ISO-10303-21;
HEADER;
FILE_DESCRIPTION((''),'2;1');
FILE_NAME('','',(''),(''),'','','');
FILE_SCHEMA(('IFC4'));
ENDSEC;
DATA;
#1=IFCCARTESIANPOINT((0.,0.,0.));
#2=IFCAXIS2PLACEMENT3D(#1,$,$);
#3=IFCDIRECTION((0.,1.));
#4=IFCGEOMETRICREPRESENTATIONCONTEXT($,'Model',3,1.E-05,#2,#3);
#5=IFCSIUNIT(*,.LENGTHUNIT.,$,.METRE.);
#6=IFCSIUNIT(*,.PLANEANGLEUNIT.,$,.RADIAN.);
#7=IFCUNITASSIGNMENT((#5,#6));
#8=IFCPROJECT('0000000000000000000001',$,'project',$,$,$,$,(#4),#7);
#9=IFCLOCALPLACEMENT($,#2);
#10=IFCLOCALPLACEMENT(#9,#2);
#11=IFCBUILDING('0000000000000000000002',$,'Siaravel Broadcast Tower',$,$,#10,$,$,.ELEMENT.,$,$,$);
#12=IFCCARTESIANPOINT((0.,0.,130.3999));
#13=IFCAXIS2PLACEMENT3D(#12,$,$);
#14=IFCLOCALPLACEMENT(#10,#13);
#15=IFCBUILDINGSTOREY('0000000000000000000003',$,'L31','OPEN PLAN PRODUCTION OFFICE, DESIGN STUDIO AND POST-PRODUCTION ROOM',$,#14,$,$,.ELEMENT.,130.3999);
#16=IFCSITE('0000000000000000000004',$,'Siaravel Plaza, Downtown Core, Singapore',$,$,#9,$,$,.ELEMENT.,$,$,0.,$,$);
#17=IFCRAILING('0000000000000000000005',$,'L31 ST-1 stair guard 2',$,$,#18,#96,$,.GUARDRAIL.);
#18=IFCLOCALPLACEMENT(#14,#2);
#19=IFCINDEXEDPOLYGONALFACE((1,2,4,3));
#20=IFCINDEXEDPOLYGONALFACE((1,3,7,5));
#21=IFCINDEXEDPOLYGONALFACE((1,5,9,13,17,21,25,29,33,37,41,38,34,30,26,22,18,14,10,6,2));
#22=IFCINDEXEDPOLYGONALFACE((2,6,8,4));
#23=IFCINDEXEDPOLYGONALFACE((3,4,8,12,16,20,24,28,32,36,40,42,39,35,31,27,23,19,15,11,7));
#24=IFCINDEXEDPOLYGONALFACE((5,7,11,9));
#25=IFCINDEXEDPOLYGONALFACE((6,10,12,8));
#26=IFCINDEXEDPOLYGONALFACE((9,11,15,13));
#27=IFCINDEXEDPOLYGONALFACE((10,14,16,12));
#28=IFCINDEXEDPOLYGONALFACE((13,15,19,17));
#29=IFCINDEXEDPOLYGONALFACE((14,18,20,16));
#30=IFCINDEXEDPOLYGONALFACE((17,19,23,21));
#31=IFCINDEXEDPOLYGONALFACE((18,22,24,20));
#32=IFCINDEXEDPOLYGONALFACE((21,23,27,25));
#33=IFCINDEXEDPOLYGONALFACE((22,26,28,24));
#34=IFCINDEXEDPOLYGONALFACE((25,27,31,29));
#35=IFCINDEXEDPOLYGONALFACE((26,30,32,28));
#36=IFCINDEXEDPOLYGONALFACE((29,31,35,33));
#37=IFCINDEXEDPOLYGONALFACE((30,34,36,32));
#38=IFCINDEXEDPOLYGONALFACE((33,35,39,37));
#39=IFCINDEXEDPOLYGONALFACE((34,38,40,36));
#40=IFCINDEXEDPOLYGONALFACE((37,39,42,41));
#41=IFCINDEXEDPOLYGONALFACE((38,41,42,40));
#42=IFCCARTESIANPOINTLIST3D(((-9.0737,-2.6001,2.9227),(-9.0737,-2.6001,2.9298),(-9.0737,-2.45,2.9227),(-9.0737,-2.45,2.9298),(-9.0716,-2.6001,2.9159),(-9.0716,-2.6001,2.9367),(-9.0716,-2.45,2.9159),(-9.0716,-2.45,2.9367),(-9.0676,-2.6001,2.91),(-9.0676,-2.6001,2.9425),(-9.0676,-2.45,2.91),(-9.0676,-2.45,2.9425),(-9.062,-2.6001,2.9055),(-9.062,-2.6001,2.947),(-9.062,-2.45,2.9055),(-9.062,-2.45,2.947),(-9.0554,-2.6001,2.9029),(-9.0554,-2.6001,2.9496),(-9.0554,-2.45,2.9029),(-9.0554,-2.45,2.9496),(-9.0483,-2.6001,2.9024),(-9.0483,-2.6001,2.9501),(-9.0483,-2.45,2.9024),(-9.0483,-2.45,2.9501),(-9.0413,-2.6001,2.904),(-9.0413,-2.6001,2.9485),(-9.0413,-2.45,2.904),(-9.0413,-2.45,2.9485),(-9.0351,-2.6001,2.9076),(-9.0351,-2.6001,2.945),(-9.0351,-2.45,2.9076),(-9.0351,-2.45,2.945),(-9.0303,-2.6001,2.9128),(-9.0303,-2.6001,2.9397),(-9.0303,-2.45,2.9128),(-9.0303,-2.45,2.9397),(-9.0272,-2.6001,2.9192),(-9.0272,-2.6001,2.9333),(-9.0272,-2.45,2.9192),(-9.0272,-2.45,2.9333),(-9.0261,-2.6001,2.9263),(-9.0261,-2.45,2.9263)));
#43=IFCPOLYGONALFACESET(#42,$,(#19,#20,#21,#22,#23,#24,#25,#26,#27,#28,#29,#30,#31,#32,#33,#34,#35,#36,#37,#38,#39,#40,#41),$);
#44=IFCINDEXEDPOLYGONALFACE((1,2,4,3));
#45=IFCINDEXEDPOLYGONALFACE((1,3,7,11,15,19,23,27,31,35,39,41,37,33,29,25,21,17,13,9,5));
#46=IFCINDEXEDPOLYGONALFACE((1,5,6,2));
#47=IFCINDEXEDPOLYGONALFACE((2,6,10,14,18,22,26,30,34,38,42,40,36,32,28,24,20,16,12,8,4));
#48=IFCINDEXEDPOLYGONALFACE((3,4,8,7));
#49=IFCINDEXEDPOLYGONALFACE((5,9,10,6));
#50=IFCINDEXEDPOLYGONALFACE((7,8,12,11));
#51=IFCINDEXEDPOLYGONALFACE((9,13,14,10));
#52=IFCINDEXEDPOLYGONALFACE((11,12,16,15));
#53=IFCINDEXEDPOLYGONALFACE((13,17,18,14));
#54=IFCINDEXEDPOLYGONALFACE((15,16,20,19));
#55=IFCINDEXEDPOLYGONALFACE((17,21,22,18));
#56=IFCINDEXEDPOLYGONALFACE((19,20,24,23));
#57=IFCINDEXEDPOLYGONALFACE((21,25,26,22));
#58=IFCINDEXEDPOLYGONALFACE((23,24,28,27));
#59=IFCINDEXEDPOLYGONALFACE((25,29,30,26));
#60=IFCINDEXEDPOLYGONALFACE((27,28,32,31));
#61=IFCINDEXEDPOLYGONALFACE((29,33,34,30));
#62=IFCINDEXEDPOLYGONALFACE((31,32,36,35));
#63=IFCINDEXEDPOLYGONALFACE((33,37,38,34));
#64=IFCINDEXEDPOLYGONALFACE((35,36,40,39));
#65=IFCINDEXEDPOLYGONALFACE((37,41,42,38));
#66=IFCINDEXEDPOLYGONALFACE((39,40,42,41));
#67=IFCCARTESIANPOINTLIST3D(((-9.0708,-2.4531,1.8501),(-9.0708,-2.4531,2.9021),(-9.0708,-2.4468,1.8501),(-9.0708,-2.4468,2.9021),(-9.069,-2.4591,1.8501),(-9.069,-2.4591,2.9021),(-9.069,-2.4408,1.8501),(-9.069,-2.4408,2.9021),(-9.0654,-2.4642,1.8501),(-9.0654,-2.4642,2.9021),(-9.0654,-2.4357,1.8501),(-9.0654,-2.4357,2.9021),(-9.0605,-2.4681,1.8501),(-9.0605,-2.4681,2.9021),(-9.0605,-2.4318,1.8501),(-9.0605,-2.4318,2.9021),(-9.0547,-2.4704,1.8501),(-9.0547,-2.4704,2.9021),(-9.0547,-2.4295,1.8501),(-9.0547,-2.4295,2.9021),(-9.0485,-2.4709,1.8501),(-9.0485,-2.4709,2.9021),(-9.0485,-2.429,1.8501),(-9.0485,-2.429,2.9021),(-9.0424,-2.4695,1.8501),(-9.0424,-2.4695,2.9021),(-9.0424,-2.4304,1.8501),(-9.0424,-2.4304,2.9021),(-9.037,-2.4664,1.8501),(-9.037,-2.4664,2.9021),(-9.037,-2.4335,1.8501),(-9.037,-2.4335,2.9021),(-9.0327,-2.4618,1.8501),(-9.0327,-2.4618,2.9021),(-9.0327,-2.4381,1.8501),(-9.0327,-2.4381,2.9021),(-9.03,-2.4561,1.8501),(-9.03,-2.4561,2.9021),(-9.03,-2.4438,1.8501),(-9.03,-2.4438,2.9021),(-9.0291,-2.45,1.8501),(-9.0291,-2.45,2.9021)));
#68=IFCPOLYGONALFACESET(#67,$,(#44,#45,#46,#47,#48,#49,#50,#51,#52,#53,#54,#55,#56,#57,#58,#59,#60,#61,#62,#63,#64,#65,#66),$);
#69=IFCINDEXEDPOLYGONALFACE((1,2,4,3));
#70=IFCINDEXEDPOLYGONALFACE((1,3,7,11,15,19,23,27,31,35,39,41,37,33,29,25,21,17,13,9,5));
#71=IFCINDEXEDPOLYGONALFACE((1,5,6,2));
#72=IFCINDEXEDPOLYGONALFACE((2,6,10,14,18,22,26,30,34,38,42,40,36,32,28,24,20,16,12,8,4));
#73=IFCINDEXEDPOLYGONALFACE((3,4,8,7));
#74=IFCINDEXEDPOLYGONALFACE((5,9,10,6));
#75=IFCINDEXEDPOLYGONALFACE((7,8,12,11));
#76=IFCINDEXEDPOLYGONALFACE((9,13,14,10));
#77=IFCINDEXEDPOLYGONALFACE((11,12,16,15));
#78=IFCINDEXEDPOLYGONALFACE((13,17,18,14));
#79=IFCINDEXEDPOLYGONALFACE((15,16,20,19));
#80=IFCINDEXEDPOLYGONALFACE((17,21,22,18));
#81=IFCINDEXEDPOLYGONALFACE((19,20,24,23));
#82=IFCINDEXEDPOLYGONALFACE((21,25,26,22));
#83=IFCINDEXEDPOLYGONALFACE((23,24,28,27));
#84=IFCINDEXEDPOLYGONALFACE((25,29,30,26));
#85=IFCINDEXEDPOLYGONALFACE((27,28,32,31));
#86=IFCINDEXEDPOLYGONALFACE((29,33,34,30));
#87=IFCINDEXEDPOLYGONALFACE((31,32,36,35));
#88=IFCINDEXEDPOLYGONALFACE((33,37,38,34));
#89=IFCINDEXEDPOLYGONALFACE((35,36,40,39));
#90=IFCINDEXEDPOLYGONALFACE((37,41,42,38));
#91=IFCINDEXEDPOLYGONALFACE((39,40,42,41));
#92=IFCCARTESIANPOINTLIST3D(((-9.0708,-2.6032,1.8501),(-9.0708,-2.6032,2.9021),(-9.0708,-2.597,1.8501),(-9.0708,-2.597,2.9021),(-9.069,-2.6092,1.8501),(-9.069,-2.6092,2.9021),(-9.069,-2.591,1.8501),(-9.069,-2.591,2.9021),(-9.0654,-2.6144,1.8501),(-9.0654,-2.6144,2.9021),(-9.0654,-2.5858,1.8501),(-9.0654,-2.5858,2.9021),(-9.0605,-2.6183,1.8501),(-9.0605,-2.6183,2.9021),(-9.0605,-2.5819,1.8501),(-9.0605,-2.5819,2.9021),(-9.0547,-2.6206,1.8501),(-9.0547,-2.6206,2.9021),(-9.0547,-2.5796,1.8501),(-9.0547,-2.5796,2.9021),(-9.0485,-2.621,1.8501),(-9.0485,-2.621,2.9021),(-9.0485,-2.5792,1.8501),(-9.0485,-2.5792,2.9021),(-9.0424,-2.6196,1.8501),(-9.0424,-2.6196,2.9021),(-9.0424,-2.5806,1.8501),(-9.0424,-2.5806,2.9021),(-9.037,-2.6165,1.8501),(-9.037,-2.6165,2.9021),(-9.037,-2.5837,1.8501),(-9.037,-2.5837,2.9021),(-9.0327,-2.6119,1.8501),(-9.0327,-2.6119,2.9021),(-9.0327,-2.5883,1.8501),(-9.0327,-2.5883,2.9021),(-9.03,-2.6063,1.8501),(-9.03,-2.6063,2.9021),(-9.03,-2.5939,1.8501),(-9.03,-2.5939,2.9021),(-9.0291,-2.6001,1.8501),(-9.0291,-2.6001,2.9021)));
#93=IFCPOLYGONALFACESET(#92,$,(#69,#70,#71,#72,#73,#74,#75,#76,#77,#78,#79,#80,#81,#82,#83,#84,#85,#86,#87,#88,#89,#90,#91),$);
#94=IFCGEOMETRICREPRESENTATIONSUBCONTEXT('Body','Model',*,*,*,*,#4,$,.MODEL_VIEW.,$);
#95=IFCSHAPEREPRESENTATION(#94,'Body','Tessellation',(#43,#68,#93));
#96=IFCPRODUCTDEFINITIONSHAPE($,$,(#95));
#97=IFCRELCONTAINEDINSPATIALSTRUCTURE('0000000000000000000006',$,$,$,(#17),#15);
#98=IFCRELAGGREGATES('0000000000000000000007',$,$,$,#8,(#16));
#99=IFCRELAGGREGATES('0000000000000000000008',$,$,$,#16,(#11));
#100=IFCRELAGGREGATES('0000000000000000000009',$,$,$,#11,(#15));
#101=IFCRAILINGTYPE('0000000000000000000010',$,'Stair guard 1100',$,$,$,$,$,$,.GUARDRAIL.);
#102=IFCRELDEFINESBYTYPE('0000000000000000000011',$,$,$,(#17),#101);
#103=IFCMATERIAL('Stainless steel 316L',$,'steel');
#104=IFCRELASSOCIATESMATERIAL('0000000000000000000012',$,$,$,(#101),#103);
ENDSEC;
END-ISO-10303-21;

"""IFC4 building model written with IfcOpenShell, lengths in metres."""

from ifc_helpers import new_model, si_unit, direction, frame, origin, origin_2d, place, context, subcontext, project, spatial, circle, extrude, material, type_object, element, save


model = new_model("IFC4")

# Units and contexts
model_context = context("Model", 3, precision=1e-05, world=origin(), true_north=direction((0.0, 1.0)))
body_context = subcontext(model_context, "Body", "Model", "MODEL_VIEW")
ifc_project = project(units=[si_unit("LENGTHUNIT", "METRE"), si_unit("PLANEANGLEUNIT", "RADIAN")], contexts=[model_context])

# Site, building, storey
site_placement = place(None, origin())
site = spatial("IfcSite", under=ifc_project, at=site_placement, Name="Siaravel Plaza, Downtown Core, Singapore", CompositionType="ELEMENT", RefElevation=0.0)
building_placement = place(site_placement, origin())
building = spatial("IfcBuilding", under=site, at=building_placement, Name="Siaravel Broadcast Tower", CompositionType="ELEMENT")
storey_placement = place(building_placement, frame((0.0, 0.0, 130.3999)))
storey = spatial("IfcBuildingStorey", under=building, at=storey_placement, Name="L31", Description="OPEN PLAN PRODUCTION OFFICE, DESIGN STUDIO AND POST-PRODUCTION ROOM", CompositionType="ELEMENT", Elevation=130.3999)

# Railing
ifc_material_1 = material(Name="Stainless steel 316L", Category="steel")
railing_type_1 = type_object("IfcRailingType", Name="Stair guard 1100", PredefinedType="GUARDRAIL", material=ifc_material_1)
railing_1_placement = place(storey_placement, frame((-9.05, -2.45, 1.8501)))
element("IfcRailing", 1, at=railing_1_placement, inside=storey, type_object=railing_type_1, Name="L31 ST-1 stair guard 2", PredefinedType="GUARDRAIL", context=body_context, shape_type="SweptSolid", body=[
    extrude(circle(Radius=0.0239, at=origin_2d()), frame((0.0, 0.0, 1.0762), z_axis=(0.0, -1.0, 0.0), x_axis=(1.0, 0.0, 0.0)), (0.0, 0.0, 1.0), 0.1501),
    extrude(circle(Radius=0.021, at=origin_2d()), origin(), (0.0, 0.0, 1.0), 1.052),
    extrude(circle(Radius=0.021, at=origin_2d()), frame((0.0, -0.1501, 0.0)), (0.0, 0.0, 1.0), 1.052),
])

save(model, "model.ifc")
